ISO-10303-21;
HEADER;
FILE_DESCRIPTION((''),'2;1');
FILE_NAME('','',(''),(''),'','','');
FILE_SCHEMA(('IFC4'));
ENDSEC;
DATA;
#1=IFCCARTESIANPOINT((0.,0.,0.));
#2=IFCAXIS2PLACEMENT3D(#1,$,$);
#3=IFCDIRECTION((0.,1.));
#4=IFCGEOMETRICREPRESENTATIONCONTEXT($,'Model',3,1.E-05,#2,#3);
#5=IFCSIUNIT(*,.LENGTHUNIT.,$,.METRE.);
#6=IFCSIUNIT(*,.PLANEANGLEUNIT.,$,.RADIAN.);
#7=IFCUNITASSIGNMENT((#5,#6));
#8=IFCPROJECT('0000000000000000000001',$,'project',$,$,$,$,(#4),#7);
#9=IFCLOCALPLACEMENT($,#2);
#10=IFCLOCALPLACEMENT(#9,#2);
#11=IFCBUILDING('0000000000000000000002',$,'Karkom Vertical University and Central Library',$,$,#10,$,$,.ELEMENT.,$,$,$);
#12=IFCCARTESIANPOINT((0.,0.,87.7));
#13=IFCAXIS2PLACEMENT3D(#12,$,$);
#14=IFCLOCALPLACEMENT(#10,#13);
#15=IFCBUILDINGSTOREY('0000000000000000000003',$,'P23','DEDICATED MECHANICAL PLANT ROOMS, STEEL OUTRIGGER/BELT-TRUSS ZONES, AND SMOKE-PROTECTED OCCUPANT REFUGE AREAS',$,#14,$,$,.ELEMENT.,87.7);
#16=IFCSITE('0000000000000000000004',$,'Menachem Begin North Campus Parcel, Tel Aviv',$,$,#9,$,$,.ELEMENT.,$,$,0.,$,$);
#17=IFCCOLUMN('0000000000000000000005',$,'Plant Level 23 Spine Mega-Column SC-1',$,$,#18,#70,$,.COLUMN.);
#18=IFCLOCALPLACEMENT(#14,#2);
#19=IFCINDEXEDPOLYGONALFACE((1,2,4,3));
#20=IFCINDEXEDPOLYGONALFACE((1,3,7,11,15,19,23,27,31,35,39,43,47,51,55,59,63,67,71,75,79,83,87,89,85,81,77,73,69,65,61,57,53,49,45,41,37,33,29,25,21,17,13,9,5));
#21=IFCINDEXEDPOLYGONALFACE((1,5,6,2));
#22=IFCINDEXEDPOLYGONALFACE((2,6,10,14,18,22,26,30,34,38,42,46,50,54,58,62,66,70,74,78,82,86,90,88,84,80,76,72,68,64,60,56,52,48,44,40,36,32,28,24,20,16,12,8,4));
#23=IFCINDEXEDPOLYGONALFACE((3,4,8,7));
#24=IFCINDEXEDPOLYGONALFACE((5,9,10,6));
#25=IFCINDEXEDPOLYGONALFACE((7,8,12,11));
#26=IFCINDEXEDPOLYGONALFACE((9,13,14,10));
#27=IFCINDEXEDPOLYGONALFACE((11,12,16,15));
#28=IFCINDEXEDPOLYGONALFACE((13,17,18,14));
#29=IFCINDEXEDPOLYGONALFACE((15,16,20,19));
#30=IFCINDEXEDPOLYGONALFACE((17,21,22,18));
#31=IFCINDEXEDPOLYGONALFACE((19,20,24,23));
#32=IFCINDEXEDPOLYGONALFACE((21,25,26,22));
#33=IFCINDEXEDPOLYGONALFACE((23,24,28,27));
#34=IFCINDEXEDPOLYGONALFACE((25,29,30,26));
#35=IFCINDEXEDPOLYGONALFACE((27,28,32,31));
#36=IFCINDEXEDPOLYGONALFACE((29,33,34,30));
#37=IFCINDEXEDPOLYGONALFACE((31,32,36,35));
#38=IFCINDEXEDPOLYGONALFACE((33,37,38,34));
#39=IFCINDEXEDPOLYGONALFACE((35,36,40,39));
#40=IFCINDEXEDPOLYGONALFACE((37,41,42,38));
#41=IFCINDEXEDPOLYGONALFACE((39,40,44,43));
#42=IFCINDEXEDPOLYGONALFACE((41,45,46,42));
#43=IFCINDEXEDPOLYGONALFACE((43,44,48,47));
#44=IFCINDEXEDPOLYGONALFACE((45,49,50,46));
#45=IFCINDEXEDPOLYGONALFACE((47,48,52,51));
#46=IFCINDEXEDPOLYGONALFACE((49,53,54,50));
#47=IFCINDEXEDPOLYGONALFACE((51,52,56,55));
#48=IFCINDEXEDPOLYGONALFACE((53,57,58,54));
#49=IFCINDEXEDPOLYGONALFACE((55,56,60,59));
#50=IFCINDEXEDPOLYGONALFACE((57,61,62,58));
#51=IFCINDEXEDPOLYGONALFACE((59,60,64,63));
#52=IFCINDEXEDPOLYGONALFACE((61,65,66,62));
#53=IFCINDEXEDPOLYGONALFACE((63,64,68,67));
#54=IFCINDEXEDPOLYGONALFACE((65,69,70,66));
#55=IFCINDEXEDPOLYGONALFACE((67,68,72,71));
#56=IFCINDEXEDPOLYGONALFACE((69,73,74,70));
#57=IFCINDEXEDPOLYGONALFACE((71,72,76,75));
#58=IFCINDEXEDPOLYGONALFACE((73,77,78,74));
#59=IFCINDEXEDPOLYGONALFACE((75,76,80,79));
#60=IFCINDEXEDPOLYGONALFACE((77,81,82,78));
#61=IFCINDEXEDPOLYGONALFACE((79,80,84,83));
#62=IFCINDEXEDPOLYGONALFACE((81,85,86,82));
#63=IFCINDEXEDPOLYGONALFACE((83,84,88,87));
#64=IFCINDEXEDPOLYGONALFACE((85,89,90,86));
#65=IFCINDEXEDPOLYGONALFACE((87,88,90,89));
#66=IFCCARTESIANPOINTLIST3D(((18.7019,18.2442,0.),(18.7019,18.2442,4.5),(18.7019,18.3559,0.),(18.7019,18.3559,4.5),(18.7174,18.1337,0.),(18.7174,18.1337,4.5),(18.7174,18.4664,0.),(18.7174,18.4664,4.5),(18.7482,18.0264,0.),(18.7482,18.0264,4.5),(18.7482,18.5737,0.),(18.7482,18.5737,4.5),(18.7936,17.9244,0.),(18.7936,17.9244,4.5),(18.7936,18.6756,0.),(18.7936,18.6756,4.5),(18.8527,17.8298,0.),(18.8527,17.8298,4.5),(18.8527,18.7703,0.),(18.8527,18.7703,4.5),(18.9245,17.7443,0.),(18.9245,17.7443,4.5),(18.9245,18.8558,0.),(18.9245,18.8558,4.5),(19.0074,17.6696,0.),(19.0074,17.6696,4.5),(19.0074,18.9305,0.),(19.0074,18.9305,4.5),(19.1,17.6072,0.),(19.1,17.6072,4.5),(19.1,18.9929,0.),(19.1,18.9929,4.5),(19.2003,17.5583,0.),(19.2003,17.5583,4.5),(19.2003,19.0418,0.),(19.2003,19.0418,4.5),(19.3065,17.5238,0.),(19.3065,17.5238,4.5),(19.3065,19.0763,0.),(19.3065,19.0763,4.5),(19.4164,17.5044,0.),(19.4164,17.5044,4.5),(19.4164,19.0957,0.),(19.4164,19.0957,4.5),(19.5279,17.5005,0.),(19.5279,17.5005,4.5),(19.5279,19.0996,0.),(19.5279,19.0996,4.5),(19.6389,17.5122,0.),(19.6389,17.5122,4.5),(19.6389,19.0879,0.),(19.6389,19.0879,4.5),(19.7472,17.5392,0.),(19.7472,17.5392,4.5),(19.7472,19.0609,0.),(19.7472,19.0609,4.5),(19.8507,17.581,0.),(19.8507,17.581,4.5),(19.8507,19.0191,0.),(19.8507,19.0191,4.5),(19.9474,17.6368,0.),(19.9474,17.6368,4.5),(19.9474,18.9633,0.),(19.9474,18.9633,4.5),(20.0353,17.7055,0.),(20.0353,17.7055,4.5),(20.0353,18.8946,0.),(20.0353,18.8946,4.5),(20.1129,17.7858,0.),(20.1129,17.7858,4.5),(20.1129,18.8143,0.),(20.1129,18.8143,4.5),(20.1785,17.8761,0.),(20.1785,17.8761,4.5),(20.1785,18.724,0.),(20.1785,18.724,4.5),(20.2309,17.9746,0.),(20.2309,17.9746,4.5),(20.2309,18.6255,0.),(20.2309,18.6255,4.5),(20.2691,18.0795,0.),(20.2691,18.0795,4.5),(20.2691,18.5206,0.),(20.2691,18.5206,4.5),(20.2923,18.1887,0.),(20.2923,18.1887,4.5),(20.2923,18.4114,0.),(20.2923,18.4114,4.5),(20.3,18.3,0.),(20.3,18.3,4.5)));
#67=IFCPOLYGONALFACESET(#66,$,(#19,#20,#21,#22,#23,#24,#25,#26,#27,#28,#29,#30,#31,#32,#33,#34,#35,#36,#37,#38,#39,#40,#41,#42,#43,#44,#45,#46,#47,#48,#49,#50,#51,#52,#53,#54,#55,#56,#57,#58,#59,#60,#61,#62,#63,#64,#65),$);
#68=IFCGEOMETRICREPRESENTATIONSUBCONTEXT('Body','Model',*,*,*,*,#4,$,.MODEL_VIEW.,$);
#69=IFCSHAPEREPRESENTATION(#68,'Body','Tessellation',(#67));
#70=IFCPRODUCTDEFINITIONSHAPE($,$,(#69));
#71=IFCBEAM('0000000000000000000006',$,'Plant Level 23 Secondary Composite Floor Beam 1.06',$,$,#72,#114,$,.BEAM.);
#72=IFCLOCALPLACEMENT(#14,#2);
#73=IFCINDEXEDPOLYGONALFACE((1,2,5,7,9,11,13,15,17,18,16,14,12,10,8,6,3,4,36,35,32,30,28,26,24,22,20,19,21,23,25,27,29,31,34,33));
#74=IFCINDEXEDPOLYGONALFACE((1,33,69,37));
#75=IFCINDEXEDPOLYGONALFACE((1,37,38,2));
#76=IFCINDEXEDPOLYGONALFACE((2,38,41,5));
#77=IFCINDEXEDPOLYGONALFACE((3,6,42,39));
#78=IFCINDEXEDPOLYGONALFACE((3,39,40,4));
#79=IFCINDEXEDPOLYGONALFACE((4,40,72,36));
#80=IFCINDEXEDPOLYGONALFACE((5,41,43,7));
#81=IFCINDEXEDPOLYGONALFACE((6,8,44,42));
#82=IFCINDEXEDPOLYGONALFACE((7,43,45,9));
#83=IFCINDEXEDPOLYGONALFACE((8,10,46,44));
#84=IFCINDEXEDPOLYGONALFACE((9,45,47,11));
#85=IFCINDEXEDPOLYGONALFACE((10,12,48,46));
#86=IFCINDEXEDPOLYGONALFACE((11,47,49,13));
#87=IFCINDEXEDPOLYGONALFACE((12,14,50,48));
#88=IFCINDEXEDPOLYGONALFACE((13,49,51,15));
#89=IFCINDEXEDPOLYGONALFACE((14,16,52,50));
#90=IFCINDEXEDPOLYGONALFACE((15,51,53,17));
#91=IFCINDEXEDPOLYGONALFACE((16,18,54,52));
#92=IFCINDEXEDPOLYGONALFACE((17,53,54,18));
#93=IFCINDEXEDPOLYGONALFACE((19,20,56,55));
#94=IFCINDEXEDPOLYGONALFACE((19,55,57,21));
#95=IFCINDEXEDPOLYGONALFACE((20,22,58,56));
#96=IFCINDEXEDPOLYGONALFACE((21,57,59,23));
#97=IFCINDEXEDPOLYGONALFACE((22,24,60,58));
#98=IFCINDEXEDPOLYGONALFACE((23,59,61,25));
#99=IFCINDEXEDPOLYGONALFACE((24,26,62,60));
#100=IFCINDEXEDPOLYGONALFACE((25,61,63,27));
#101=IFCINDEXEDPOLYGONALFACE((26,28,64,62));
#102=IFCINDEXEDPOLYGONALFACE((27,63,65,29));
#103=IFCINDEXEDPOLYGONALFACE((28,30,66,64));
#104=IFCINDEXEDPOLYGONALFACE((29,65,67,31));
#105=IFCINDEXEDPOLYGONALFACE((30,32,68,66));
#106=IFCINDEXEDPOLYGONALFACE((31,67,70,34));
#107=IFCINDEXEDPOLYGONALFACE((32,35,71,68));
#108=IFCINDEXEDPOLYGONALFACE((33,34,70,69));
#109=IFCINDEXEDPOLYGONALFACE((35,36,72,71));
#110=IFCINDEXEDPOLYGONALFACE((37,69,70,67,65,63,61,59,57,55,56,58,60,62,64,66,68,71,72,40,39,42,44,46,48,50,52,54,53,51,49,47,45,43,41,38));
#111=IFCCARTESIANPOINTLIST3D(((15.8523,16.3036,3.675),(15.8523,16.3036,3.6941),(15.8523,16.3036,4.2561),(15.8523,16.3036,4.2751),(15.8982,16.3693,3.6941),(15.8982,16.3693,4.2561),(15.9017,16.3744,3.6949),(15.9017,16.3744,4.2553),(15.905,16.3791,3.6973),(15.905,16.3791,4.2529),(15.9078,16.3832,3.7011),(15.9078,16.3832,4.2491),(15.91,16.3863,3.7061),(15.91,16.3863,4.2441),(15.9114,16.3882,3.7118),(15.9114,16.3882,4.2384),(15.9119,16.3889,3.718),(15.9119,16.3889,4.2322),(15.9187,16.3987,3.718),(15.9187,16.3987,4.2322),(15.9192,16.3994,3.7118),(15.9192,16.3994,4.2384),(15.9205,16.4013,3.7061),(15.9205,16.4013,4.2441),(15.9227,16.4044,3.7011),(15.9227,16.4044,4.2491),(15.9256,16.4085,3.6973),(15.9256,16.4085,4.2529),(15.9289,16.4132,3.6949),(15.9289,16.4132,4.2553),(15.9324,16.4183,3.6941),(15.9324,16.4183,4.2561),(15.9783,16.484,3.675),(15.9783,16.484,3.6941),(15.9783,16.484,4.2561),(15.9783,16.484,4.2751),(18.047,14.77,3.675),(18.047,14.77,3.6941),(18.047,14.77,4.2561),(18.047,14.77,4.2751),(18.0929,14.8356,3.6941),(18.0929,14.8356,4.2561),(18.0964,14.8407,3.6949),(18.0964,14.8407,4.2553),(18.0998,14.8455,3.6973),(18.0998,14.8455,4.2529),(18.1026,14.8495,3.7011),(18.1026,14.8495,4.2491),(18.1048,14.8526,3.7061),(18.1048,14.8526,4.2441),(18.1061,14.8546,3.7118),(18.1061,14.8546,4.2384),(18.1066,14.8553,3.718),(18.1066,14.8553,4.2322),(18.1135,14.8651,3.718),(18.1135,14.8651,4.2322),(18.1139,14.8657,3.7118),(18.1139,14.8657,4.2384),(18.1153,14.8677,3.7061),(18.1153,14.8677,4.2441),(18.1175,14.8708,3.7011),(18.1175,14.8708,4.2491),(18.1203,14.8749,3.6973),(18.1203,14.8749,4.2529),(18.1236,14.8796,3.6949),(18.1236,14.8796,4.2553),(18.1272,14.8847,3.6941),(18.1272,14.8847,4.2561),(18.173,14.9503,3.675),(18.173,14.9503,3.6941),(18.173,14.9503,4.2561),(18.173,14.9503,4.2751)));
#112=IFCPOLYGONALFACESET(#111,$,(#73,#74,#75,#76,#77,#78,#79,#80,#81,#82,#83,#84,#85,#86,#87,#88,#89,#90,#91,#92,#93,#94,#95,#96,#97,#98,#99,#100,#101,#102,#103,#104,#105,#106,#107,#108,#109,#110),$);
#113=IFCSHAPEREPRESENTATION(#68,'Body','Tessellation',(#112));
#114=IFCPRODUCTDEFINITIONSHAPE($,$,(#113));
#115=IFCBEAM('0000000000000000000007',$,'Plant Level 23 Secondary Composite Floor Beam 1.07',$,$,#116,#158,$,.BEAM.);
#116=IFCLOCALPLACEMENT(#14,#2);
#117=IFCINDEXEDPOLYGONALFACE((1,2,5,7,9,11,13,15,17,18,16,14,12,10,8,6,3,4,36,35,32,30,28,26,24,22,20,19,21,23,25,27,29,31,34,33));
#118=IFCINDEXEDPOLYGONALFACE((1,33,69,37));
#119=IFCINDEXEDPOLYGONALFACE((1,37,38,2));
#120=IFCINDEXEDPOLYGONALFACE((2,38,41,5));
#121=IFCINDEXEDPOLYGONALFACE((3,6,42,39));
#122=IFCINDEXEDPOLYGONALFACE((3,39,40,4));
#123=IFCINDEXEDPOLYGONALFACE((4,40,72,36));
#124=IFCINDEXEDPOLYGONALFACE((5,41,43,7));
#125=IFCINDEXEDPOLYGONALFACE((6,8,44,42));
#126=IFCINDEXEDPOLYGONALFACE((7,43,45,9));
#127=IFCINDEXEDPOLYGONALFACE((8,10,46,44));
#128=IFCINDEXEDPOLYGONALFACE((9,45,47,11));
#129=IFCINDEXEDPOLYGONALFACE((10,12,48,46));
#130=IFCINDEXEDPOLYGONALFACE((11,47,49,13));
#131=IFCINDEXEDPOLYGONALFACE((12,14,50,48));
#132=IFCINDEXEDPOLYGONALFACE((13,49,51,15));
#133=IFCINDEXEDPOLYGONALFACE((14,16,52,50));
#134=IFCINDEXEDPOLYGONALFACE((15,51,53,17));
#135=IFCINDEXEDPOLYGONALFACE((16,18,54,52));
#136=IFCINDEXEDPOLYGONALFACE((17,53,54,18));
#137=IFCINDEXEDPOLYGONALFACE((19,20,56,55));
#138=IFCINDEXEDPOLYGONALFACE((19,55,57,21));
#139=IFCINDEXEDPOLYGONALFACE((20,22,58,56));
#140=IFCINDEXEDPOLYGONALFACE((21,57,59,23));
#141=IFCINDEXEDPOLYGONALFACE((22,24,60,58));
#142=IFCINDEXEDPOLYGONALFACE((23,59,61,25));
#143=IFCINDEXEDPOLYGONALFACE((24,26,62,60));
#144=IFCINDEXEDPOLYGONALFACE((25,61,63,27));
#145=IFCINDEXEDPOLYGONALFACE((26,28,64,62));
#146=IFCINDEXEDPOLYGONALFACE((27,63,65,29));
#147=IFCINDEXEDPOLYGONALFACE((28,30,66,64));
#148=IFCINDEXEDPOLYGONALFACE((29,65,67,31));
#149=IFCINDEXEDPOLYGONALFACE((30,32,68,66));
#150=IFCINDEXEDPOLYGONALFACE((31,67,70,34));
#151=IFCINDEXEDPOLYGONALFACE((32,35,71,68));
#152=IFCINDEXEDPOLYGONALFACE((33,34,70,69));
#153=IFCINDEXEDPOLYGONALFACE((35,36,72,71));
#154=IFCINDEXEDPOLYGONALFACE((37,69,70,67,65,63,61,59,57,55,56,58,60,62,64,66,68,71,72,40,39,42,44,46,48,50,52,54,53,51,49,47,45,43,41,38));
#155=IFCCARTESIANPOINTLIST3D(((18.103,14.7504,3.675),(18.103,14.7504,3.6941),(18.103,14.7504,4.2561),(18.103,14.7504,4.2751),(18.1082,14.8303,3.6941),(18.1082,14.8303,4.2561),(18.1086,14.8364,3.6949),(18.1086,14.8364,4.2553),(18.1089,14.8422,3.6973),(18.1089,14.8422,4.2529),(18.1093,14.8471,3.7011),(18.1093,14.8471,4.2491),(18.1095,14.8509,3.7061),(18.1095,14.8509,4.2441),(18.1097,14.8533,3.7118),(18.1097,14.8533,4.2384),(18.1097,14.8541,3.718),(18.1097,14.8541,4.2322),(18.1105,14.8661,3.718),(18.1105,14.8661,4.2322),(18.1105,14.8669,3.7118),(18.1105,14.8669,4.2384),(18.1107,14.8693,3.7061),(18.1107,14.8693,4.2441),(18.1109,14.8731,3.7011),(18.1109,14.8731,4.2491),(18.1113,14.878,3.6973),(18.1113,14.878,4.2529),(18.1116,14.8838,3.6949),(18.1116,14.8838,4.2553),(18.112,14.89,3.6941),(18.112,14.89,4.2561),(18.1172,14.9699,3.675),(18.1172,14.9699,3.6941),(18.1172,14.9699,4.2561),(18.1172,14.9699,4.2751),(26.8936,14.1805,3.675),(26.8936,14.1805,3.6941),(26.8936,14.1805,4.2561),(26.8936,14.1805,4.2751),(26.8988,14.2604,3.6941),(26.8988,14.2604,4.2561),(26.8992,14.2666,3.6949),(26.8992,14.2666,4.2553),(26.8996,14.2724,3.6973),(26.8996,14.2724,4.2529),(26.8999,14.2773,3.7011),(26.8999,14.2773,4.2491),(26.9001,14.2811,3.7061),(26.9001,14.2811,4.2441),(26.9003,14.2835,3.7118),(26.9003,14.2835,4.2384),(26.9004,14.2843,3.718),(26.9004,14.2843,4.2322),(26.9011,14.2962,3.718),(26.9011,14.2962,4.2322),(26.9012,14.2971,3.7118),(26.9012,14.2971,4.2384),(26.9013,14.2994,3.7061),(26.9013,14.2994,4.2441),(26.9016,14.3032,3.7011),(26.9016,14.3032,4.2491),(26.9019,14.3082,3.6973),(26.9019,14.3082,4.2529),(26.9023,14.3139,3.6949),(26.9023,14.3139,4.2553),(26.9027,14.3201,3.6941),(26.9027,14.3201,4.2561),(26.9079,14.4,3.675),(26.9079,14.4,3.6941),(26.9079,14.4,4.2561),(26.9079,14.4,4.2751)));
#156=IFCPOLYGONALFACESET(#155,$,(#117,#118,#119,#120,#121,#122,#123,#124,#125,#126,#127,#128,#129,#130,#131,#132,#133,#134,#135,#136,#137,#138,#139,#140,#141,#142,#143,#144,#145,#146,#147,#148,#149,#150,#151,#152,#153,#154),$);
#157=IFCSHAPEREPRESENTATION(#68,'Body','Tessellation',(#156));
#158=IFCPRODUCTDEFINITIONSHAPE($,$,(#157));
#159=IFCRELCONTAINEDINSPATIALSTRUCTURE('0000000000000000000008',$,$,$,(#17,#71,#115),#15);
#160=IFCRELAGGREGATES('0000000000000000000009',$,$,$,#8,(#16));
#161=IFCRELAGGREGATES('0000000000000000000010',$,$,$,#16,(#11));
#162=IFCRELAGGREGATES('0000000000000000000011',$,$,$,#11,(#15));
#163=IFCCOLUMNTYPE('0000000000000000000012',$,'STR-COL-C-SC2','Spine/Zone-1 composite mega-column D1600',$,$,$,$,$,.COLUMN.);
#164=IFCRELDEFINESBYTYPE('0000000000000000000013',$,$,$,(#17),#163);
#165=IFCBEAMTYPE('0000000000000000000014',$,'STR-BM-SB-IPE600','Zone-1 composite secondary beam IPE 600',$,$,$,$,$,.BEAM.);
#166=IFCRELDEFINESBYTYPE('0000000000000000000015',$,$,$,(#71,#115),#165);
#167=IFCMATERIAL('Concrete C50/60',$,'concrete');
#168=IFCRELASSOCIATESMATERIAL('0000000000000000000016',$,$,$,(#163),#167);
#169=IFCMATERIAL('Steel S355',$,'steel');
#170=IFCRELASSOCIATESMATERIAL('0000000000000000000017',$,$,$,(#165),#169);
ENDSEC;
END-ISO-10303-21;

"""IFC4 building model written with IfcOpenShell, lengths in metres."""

from ifc_helpers import new_model, si_unit, direction, frame, origin, origin_with_axes, origin_2d, place, context, subcontext, project, spatial, circle, i_section, extrude, source, transform, mapped, material, material_profile, profile_set, type_object, element, save


model = new_model("IFC4")

# Units and contexts
model_context = context("Model", 3, precision=1e-05, world=origin(), true_north=direction((0.0, 1.0)))
body_context = subcontext(model_context, "Body", "Model", "MODEL_VIEW")
ifc_project = project(units=[si_unit("LENGTHUNIT", "METRE"), si_unit("PLANEANGLEUNIT", "RADIAN")], contexts=[model_context])

# Site, building, storey
site_placement = place(None, origin())
site = spatial("IfcSite", under=ifc_project, at=site_placement, Name="Menachem Begin North Campus Parcel, Tel Aviv", CompositionType="ELEMENT", RefElevation=0.0)
building_placement = place(site_placement, origin())
building = spatial("IfcBuilding", under=site, at=building_placement, Name="Karkom Vertical University and Central Library", CompositionType="ELEMENT")
storey_placement = place(building_placement, frame((0.0, 0.0, 87.7)))
storey = spatial("IfcBuildingStorey", under=building, at=storey_placement, Name="P23", Description="DEDICATED MECHANICAL PLANT ROOMS, STEEL OUTRIGGER/BELT-TRUSS ZONES, AND SMOKE-PROTECTED OCCUPANT REFUGE AREAS", CompositionType="ELEMENT", Elevation=87.7)

# Column
ifc_material_1 = material(Name="Concrete C50/60", Category="concrete")
ifc_material_profile_1 = material_profile(ifc_material_1, circle(Radius=0.8, at=origin_2d()), Name="CFT-D1600")
ifc_profile_set_1 = profile_set([ifc_material_profile_1], Name="Concrete C50/60")
column_type = type_object("IfcColumnType", Name="STR-COL-C-SC2", Description="Spine/Zone-1 composite mega-column D1600", PredefinedType="COLUMN", material=ifc_profile_set_1)
shared_shape_1 = source(origin_with_axes(), body_context, "Body", "SweptSolid", [
    extrude(circle(Radius=0.8, at=origin_2d()), origin(), (0.0, 0.0, 1.0), 4.5),
])
column_placement = place(storey_placement, frame((19.5, 18.3, 0.0), z_axis=(0.0, 0.0, 1.0), x_axis=(1.0, 0.0, 0.0)))
element("IfcColumn", 1, at=column_placement, inside=storey, type_object=column_type, Name="Plant Level 23 Spine Mega-Column SC-1", PredefinedType="COLUMN", context=body_context, shape_type="MappedRepresentation", body=[
    mapped(shared_shape_1, transform((0.0, 0.0, 0.0), scale=1.0)),
])

# Beams
ifc_material_2 = material(Name="Steel S355", Category="steel")
ifc_material_profile_2 = material_profile(ifc_material_2, i_section(OverallWidth=0.22, OverallDepth=0.6001, WebThickness=0.012, FlangeThickness=0.019, FilletRadius=0.0239, at=origin_2d()), Name="IPE 600")
ifc_profile_set_2 = profile_set([ifc_material_profile_2], Name="Steel S355")
beam_type_1 = type_object("IfcBeamType", Name="STR-BM-SB-IPE600", Description="Zone-1 composite secondary beam IPE 600", PredefinedType="BEAM", material=ifc_profile_set_2)
shared_shape_2 = source(origin_with_axes(), body_context, "Body", "SweptSolid", [
    extrude(i_section(OverallWidth=0.22, OverallDepth=0.6001, WebThickness=0.012, FlangeThickness=0.019, FilletRadius=0.0239, at=origin_2d()), origin(), (0.0, 0.0, 1.0), 2.6775),
])
beam_1_placement = place(storey_placement, frame((15.9153, 16.3938, 3.9751), z_axis=(0.819703, -0.572789, 0.0), x_axis=(0.572789, 0.819703, 0.0)))
element("IfcBeam", 2, at=beam_1_placement, inside=storey, type_object=beam_type_1, Name="Plant Level 23 Secondary Composite Floor Beam 1.06", PredefinedType="BEAM", context=body_context, shape_type="MappedRepresentation", body=[
    mapped(shared_shape_2, transform((0.0, 0.0, 0.0), scale=1.0)),
])
shared_shape_3 = source(origin_with_axes(), body_context, "Body", "SweptSolid", [
    extrude(i_section(OverallWidth=0.22, OverallDepth=0.6001, WebThickness=0.012, FlangeThickness=0.019, FilletRadius=0.0239, at=origin_2d()), origin(), (0.0, 0.0, 1.0), 8.8091),
])
beam_2_placement = place(storey_placement, frame((18.1101, 14.8601, 3.9751), z_axis=(0.997906, -0.064687, 0.0), x_axis=(0.064687, 0.997906, 0.0)))
element("IfcBeam", 3, at=beam_2_placement, inside=storey, type_object=beam_type_1, Name="Plant Level 23 Secondary Composite Floor Beam 1.07", PredefinedType="BEAM", context=body_context, shape_type="MappedRepresentation", body=[
    mapped(shared_shape_3, transform((0.0, 0.0, 0.0), scale=1.0)),
])

save(model, "model.ifc")
